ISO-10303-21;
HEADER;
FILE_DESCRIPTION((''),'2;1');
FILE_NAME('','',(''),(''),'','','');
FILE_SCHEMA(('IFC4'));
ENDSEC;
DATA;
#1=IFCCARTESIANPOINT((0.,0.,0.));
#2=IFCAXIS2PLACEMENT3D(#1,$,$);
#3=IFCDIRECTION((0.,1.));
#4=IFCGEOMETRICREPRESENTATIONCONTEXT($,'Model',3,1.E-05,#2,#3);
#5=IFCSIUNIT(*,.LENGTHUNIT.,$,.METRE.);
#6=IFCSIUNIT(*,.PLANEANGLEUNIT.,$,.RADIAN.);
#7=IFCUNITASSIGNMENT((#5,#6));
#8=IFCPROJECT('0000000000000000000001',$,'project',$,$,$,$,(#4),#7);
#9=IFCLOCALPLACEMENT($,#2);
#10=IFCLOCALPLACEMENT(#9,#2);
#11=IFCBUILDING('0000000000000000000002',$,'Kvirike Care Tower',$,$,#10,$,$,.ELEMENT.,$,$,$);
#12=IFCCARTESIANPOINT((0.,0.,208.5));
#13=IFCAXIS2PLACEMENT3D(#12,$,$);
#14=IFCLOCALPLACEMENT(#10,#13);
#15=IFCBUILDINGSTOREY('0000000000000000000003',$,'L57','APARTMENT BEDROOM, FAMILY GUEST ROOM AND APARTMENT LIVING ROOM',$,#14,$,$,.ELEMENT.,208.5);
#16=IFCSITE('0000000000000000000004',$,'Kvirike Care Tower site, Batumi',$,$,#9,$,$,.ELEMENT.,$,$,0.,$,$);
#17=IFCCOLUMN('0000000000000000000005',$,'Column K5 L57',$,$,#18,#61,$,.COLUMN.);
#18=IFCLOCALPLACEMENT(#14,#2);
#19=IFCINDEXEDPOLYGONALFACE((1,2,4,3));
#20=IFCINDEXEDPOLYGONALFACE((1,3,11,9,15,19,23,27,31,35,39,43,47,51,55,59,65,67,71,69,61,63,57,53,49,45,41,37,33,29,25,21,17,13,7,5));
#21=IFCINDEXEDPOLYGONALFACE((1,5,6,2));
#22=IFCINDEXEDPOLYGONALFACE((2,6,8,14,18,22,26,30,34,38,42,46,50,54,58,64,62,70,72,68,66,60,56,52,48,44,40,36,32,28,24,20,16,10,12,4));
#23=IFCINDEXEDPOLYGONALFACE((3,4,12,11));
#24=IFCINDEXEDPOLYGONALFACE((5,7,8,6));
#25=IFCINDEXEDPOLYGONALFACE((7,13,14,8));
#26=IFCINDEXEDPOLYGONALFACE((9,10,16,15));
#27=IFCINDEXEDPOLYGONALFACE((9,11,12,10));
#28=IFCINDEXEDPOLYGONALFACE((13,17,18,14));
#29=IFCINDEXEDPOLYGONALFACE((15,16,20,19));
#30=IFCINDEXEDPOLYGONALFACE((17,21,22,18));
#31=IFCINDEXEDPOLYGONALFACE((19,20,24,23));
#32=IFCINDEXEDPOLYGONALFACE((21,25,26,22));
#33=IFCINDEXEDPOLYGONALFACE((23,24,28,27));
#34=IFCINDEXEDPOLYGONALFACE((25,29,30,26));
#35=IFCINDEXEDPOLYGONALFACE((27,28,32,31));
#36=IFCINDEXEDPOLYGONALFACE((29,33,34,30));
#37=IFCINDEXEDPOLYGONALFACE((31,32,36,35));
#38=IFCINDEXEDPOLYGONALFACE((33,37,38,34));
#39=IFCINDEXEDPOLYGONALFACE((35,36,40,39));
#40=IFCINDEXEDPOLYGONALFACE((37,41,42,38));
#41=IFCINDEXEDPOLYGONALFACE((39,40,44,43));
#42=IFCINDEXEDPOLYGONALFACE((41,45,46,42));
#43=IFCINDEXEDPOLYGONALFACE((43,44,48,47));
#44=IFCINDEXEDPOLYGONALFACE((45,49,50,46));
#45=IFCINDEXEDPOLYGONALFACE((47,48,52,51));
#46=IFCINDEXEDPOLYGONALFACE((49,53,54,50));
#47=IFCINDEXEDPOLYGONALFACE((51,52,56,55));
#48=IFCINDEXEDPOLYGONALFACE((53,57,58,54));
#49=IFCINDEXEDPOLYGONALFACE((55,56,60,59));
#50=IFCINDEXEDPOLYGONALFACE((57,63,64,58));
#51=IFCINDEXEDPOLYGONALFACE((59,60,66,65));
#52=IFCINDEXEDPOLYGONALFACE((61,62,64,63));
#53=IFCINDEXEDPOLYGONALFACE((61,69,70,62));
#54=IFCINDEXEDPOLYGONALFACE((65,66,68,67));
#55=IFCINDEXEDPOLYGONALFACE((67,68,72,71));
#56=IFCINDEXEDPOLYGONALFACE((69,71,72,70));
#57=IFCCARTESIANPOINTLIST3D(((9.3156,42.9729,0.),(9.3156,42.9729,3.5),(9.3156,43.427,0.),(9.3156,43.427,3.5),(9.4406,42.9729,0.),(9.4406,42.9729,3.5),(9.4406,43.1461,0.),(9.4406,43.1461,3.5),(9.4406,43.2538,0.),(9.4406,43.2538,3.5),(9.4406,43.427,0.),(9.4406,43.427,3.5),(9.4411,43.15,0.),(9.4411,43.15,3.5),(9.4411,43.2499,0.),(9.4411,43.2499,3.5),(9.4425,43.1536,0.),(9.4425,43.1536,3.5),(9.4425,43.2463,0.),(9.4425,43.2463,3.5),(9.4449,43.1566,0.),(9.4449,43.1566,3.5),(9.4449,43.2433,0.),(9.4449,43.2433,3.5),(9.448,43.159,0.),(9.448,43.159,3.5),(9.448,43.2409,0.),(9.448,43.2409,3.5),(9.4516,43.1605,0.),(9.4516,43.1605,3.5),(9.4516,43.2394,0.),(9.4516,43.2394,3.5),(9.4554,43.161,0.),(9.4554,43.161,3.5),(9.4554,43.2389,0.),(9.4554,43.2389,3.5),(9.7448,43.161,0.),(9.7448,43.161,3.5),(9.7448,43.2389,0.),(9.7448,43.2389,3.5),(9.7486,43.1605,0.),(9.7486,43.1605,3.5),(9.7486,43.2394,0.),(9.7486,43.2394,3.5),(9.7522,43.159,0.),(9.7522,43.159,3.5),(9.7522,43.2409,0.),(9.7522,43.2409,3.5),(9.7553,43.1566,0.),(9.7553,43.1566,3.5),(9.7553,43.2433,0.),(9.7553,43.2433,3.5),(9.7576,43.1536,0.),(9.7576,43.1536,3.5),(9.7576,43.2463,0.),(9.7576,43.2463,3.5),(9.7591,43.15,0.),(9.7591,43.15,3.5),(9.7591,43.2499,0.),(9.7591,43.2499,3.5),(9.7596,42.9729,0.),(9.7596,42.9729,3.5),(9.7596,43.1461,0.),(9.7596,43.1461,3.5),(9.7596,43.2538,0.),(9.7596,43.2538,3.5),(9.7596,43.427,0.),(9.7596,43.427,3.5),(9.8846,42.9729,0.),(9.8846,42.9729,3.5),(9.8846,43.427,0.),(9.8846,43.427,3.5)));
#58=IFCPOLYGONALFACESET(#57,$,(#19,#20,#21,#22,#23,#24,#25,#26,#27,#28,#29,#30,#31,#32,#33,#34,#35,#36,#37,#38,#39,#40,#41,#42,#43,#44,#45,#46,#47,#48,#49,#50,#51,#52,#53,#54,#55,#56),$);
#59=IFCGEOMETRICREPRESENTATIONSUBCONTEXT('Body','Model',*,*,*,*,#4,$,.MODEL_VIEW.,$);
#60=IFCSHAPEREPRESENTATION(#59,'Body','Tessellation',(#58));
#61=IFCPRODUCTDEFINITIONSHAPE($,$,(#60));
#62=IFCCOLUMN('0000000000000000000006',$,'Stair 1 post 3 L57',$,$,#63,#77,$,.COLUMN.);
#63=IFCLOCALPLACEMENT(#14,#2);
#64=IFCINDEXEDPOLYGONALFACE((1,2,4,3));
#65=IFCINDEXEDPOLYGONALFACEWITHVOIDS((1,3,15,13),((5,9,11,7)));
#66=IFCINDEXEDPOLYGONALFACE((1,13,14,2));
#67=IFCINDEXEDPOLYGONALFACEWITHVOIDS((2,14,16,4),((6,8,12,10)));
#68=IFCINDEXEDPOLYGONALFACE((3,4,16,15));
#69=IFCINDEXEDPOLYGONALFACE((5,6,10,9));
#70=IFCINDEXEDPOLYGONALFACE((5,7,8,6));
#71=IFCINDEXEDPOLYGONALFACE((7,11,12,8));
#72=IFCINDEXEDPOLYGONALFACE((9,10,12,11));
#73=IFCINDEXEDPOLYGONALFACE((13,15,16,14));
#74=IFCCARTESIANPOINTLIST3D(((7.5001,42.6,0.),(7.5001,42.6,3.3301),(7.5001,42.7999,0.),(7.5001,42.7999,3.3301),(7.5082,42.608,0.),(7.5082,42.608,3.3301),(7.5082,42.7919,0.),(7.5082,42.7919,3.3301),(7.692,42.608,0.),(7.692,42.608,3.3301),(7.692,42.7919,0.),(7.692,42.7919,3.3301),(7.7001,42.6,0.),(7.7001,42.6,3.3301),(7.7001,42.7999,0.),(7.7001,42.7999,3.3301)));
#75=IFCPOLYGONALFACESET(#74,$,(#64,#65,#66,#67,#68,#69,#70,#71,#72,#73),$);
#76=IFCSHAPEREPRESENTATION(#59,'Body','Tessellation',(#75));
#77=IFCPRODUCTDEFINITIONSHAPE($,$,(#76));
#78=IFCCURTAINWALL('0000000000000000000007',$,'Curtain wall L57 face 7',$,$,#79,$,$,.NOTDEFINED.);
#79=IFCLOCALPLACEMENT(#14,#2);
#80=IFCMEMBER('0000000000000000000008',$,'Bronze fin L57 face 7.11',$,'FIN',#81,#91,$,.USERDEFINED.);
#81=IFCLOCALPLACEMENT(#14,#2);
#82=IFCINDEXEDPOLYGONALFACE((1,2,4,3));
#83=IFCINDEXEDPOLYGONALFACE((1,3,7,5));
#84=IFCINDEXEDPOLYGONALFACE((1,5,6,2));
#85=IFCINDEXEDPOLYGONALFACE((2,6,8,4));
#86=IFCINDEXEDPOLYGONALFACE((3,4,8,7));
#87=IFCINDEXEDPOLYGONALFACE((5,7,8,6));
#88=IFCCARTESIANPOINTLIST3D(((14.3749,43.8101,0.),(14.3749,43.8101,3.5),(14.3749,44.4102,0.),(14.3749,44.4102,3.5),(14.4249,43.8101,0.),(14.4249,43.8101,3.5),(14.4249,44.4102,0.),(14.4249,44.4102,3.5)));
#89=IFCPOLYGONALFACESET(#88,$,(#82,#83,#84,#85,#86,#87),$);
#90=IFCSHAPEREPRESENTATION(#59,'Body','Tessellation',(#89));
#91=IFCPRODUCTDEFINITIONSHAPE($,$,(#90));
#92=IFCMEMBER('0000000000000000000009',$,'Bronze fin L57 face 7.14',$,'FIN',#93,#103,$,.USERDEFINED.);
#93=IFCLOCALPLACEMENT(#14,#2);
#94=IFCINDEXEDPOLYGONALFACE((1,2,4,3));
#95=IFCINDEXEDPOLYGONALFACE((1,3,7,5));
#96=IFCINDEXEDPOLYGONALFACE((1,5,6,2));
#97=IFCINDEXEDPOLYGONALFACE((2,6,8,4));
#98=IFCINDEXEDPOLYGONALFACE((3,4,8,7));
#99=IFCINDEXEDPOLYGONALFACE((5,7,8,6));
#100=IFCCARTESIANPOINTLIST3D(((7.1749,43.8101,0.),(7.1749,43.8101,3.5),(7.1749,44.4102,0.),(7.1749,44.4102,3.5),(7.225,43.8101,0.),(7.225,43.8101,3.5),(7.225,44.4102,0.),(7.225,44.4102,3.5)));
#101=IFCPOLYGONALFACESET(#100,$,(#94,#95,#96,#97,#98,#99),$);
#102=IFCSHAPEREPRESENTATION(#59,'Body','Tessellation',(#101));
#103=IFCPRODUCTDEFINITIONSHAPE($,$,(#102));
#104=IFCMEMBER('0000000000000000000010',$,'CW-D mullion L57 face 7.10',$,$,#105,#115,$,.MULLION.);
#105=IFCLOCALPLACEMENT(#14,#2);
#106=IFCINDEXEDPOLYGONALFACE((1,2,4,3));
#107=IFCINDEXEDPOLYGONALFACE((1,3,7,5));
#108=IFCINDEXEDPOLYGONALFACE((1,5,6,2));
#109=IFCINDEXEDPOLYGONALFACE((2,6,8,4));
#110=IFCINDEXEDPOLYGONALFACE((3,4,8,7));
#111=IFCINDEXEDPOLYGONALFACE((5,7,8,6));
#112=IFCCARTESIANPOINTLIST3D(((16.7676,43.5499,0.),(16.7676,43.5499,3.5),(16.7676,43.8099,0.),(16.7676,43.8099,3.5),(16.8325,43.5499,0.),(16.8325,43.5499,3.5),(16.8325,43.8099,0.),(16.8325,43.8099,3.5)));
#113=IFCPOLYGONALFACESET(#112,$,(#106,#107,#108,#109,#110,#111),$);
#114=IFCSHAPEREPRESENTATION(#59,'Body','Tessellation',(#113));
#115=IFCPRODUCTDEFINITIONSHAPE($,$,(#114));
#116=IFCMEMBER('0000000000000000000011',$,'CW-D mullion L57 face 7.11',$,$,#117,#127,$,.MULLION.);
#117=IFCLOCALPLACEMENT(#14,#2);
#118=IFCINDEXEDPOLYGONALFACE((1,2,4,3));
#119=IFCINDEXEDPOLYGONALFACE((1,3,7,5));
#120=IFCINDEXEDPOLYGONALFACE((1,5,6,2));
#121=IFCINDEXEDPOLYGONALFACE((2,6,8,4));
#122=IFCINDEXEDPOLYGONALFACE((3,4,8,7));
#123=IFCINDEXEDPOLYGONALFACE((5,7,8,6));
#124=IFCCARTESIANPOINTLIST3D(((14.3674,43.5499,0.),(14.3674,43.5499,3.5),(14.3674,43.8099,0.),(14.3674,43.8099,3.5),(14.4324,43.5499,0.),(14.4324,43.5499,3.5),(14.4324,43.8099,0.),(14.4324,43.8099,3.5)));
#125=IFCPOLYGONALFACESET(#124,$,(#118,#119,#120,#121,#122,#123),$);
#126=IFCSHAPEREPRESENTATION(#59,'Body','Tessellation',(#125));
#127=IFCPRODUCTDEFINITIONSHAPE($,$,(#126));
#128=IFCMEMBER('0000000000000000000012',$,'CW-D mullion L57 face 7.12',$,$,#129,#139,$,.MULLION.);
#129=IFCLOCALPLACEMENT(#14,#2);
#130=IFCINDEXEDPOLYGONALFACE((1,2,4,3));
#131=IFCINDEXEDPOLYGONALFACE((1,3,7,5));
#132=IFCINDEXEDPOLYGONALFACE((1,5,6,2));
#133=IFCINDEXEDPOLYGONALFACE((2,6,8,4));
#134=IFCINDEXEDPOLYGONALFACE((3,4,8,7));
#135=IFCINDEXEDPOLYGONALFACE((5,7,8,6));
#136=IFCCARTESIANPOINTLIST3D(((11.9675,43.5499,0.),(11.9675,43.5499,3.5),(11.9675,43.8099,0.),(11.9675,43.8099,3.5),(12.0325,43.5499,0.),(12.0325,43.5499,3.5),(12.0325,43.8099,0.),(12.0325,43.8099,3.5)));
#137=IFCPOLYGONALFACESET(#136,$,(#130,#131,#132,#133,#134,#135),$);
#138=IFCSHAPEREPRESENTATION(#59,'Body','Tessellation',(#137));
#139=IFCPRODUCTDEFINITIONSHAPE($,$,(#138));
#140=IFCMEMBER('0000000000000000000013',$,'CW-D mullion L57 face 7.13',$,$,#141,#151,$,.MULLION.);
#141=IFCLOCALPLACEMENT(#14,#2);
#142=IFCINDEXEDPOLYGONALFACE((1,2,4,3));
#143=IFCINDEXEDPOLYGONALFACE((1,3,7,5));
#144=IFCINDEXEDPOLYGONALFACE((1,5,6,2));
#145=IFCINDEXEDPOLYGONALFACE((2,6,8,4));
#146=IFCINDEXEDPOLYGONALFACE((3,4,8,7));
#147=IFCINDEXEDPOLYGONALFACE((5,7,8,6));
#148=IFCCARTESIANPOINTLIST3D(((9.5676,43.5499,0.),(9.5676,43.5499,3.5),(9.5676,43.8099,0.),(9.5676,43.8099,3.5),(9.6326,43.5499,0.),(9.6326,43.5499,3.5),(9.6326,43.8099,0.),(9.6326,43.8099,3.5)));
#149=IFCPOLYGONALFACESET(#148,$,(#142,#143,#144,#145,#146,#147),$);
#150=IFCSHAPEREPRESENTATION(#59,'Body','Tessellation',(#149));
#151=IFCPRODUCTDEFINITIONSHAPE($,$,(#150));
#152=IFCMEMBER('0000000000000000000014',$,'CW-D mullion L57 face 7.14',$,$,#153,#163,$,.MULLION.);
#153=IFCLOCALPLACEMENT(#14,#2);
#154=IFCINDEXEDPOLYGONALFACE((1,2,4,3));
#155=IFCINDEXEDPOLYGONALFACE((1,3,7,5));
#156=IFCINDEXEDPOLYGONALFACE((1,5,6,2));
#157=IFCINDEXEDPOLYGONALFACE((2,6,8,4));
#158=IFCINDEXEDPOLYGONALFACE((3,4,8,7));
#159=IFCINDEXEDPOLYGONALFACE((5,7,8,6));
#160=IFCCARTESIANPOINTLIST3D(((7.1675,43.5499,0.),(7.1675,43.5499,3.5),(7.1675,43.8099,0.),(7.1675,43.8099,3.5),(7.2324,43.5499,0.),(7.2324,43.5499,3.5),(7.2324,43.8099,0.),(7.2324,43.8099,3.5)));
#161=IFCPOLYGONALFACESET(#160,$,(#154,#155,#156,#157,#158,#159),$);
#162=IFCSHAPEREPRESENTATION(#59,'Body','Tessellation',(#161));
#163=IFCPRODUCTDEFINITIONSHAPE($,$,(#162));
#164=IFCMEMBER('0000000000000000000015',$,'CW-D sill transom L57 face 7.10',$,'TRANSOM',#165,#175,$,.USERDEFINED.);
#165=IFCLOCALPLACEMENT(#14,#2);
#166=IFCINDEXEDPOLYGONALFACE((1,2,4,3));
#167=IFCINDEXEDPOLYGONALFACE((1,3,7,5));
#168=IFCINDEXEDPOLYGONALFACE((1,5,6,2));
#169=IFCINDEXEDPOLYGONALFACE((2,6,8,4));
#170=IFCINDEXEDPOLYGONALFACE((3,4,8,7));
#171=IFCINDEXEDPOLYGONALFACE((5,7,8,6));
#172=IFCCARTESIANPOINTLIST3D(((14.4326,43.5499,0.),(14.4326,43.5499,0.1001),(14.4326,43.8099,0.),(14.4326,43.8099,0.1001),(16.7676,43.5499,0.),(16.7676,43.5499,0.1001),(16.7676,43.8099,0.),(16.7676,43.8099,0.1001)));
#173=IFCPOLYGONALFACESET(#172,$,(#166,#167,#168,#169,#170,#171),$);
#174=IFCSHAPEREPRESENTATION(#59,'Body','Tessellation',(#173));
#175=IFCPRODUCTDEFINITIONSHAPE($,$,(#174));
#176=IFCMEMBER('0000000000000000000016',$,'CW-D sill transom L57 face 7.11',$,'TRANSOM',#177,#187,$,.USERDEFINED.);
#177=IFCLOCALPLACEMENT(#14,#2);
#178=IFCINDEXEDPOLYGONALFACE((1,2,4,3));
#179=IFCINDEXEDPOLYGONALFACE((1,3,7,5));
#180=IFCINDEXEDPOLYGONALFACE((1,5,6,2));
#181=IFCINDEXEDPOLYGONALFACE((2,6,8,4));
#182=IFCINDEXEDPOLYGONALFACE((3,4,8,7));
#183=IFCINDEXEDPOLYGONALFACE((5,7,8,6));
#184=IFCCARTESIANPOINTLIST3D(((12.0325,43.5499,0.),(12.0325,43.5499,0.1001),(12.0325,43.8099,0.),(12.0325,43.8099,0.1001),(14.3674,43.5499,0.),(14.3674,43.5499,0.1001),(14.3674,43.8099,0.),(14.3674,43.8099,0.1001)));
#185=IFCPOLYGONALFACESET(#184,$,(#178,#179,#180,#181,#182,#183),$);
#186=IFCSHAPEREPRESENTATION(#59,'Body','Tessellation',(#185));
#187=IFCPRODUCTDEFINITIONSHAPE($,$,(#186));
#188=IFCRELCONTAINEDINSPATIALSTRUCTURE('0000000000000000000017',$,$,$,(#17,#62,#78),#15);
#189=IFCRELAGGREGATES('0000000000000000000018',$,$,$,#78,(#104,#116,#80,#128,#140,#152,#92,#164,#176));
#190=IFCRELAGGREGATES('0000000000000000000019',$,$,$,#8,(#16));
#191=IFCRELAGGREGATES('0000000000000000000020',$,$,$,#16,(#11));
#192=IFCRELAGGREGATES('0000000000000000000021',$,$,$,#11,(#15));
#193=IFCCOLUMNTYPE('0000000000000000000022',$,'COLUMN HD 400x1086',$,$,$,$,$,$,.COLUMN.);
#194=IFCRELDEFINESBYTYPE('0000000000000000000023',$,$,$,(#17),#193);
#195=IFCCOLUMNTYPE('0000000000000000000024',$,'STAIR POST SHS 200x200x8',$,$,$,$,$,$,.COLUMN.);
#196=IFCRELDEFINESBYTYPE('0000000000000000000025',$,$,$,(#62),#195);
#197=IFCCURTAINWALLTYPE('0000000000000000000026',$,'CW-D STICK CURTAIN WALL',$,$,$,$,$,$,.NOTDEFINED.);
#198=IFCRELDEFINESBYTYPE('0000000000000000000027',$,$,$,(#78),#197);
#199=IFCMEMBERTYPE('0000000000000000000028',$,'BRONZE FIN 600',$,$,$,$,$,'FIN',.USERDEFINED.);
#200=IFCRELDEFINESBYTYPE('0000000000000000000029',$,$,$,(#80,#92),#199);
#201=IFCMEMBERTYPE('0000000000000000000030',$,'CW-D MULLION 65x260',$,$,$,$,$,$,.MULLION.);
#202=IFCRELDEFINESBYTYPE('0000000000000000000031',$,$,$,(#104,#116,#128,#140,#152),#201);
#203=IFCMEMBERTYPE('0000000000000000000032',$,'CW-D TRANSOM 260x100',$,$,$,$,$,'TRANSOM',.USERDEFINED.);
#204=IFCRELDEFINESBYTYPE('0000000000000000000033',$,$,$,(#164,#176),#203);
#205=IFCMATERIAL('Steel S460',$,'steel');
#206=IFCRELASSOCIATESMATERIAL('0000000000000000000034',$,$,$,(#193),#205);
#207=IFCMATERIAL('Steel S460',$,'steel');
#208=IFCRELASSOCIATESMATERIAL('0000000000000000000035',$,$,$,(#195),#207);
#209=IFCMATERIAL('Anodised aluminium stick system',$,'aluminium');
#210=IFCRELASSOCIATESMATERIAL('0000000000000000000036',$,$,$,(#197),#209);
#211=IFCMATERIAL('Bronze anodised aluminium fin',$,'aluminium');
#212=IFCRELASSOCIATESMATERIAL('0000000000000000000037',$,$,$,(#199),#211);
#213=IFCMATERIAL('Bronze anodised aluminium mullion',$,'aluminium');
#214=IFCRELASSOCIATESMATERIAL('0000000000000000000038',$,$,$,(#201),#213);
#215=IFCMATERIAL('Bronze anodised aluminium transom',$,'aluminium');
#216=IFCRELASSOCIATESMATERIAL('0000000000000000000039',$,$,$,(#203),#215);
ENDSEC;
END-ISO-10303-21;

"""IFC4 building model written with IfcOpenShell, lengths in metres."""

from ifc_helpers import new_model, si_unit, direction, frame, origin, origin_2d, place, context, subcontext, project, spatial, rectangle, hollow_rectangle, i_section, extrude, material, material_profile, profile_set, type_object, element, aggregate, save


model = new_model("IFC4")

# Units and contexts
model_context = context("Model", 3, precision=1e-05, world=origin(), true_north=direction((0.0, 1.0)))
body_context = subcontext(model_context, "Body", "Model", "MODEL_VIEW")
ifc_project = project(units=[si_unit("LENGTHUNIT", "METRE"), si_unit("PLANEANGLEUNIT", "RADIAN")], contexts=[model_context])

# Site, building, storey
site_placement = place(None, origin())
site = spatial("IfcSite", under=ifc_project, at=site_placement, Name="Kvirike Care Tower site, Batumi", CompositionType="ELEMENT", RefElevation=0.0)
building_placement = place(site_placement, origin())
building = spatial("IfcBuilding", under=site, at=building_placement, Name="Kvirike Care Tower", CompositionType="ELEMENT")
storey_placement = place(building_placement, frame((0.0, 0.0, 208.5)))
storey = spatial("IfcBuildingStorey", under=building, at=storey_placement, Name="L57", Description="APARTMENT BEDROOM, FAMILY GUEST ROOM AND APARTMENT LIVING ROOM", CompositionType="ELEMENT", Elevation=208.5)

# Columns
ifc_material_1 = material(Name="Steel S460", Category="steel")
ifc_material_profile_1 = material_profile(ifc_material_1, i_section(OverallWidth=0.4541, OverallDepth=0.5691, WebThickness=0.0779, FlangeThickness=0.125, FilletRadius=0.0149, at=origin_2d()), Name="HD 400x1086")
ifc_profile_set_1 = profile_set([ifc_material_profile_1], Name="Steel S460")
column_type_1 = type_object("IfcColumnType", Name="COLUMN HD 400x1086", PredefinedType="COLUMN", material=ifc_profile_set_1)
column_1_placement = place(storey_placement, frame((9.6001, 43.2, 0.0), z_axis=(0.0, 0.0, 1.0), x_axis=(0.0, 1.0, 0.0)))
element("IfcColumn", 1, at=column_1_placement, inside=storey, type_object=column_type_1, Name="Column K5 L57", PredefinedType="COLUMN", context=body_context, shape_type="SweptSolid", body=[
    extrude(i_section(OverallWidth=0.4541, OverallDepth=0.5691, WebThickness=0.0779, FlangeThickness=0.125, FilletRadius=0.0149, at=origin_2d()), origin(), (0.0, 0.0, 1.0), 3.5),
])
ifc_material_2 = material(Name="Steel S460", Category="steel")
ifc_material_profile_2 = material_profile(ifc_material_2, hollow_rectangle(XDim=0.2, YDim=0.2, WallThickness=0.0081, at=origin_2d()), Name="SHS 200x200x8")
ifc_profile_set_2 = profile_set([ifc_material_profile_2], Name="Steel S460")
column_type_2 = type_object("IfcColumnType", Name="STAIR POST SHS 200x200x8", PredefinedType="COLUMN", material=ifc_profile_set_2)
column_2_placement = place(storey_placement, frame((7.6001, 42.7, 0.0), z_axis=(0.0, 0.0, 1.0), x_axis=(1.0, 0.0, 0.0)))
element("IfcColumn", 2, at=column_2_placement, inside=storey, type_object=column_type_2, Name="Stair 1 post 3 L57", PredefinedType="COLUMN", context=body_context, shape_type="SweptSolid", body=[
    extrude(hollow_rectangle(XDim=0.2, YDim=0.2, WallThickness=0.0081, at=origin_2d()), origin(), (0.0, 0.0, 1.0), 3.3301),
])

# Curtain wall, members
ifc_material_3 = material(Name="Anodised aluminium stick system", Category="aluminium")
curtain_wall_type = type_object("IfcCurtainWallType", Name="CW-D STICK CURTAIN WALL", PredefinedType="NOTDEFINED", material=ifc_material_3)
curtain_wall_placement = place(storey_placement, origin())
curtain_wall = element("IfcCurtainWall", 3, at=curtain_wall_placement, inside=storey, type_object=curtain_wall_type, Name="Curtain wall L57 face 7", PredefinedType="NOTDEFINED")
ifc_material_4 = material(Name="Bronze anodised aluminium fin", Category="aluminium")
ifc_material_profile_3 = material_profile(ifc_material_4, rectangle(XDim=0.05, YDim=0.6001, at=origin_2d()), Name="BRONZE FIN 600")
ifc_profile_set_3 = profile_set([ifc_material_profile_3], Name="Bronze anodised aluminium fin")
member_type_1 = type_object("IfcMemberType", Name="BRONZE FIN 600", ElementType="FIN", PredefinedType="USERDEFINED", material=ifc_profile_set_3)
member_1_placement = place(storey_placement, frame((14.3999, 44.1101, 0.0), z_axis=(0.0, 0.0, 1.0), x_axis=(-1.0, 0.0, 0.0)))
member_1 = element("IfcMember", 4, at=member_1_placement, type_object=member_type_1, Name="Bronze fin L57 face 7.11", ObjectType="FIN", PredefinedType="USERDEFINED", context=body_context, shape_type="SweptSolid", body=[
    extrude(rectangle(XDim=0.05, YDim=0.6001, at=origin_2d()), origin(), (0.0, 0.0, 1.0), 3.5),
])
member_2_placement = place(storey_placement, frame((7.2, 44.1101, 0.0), z_axis=(0.0, 0.0, 1.0), x_axis=(-1.0, 0.0, 0.0)))
member_2 = element("IfcMember", 5, at=member_2_placement, type_object=member_type_1, Name="Bronze fin L57 face 7.14", ObjectType="FIN", PredefinedType="USERDEFINED", context=body_context, shape_type="SweptSolid", body=[
    extrude(rectangle(XDim=0.05, YDim=0.6001, at=origin_2d()), origin(), (0.0, 0.0, 1.0), 3.5),
])
ifc_material_5 = material(Name="Bronze anodised aluminium mullion", Category="aluminium")
ifc_material_profile_4 = material_profile(ifc_material_5, rectangle(XDim=0.0649, YDim=0.26, at=origin_2d()), Name="CW-D MULLION 65x260")
ifc_profile_set_4 = profile_set([ifc_material_profile_4], Name="Bronze anodised aluminium mullion")
member_type_2 = type_object("IfcMemberType", Name="CW-D MULLION 65x260", PredefinedType="MULLION", material=ifc_profile_set_4)
member_3_placement = place(storey_placement, frame((16.8, 43.6799, 0.0), z_axis=(0.0, 0.0, 1.0), x_axis=(-1.0, 0.0, 0.0)))
member_3 = element("IfcMember", 6, at=member_3_placement, type_object=member_type_2, Name="CW-D mullion L57 face 7.10", PredefinedType="MULLION", context=body_context, shape_type="SweptSolid", body=[
    extrude(rectangle(XDim=0.0649, YDim=0.26, at=origin_2d()), origin(), (0.0, 0.0, 1.0), 3.5),
])
member_4_placement = place(storey_placement, frame((14.3999, 43.6799, 0.0), z_axis=(0.0, 0.0, 1.0), x_axis=(-1.0, 0.0, 0.0)))
member_4 = element("IfcMember", 7, at=member_4_placement, type_object=member_type_2, Name="CW-D mullion L57 face 7.11", PredefinedType="MULLION", context=body_context, shape_type="SweptSolid", body=[
    extrude(rectangle(XDim=0.0649, YDim=0.26, at=origin_2d()), origin(), (0.0, 0.0, 1.0), 3.5),
])
member_5_placement = place(storey_placement, frame((12.0, 43.6799, 0.0), z_axis=(0.0, 0.0, 1.0), x_axis=(-1.0, 0.0, 0.0)))
member_5 = element("IfcMember", 8, at=member_5_placement, type_object=member_type_2, Name="CW-D mullion L57 face 7.12", PredefinedType="MULLION", context=body_context, shape_type="SweptSolid", body=[
    extrude(rectangle(XDim=0.0649, YDim=0.26, at=origin_2d()), origin(), (0.0, 0.0, 1.0), 3.5),
])
member_6_placement = place(storey_placement, frame((9.6001, 43.6799, 0.0), z_axis=(0.0, 0.0, 1.0), x_axis=(-1.0, 0.0, 0.0)))
member_6 = element("IfcMember", 9, at=member_6_placement, type_object=member_type_2, Name="CW-D mullion L57 face 7.13", PredefinedType="MULLION", context=body_context, shape_type="SweptSolid", body=[
    extrude(rectangle(XDim=0.0649, YDim=0.26, at=origin_2d()), origin(), (0.0, 0.0, 1.0), 3.5),
])
member_7_placement = place(storey_placement, frame((7.2, 43.6799, 0.0), z_axis=(0.0, 0.0, 1.0), x_axis=(-1.0, 0.0, 0.0)))
member_7 = element("IfcMember", 10, at=member_7_placement, type_object=member_type_2, Name="CW-D mullion L57 face 7.14", PredefinedType="MULLION", context=body_context, shape_type="SweptSolid", body=[
    extrude(rectangle(XDim=0.0649, YDim=0.26, at=origin_2d()), origin(), (0.0, 0.0, 1.0), 3.5),
])
ifc_material_6 = material(Name="Bronze anodised aluminium transom", Category="aluminium")
ifc_material_profile_5 = material_profile(ifc_material_6, rectangle(XDim=0.26, YDim=0.1001, at=origin_2d()), Name="CW-D TRANSOM 260x100")
ifc_profile_set_5 = profile_set([ifc_material_profile_5], Name="Bronze anodised aluminium transom")
member_type_3 = type_object("IfcMemberType", Name="CW-D TRANSOM 260x100", ElementType="TRANSOM", PredefinedType="USERDEFINED", material=ifc_profile_set_5)
member_8_placement = place(storey_placement, frame((16.7676, 43.6799, 0.05), z_axis=(-1.0, 0.0, 0.0), x_axis=(0.0, -1.0, 0.0)))
member_8 = element("IfcMember", 11, at=member_8_placement, type_object=member_type_3, Name="CW-D sill transom L57 face 7.10", ObjectType="TRANSOM", PredefinedType="USERDEFINED", context=body_context, shape_type="SweptSolid", body=[
    extrude(rectangle(XDim=0.26, YDim=0.1001, at=origin_2d()), origin(), (0.0, 0.0, 1.0), 2.335),
])
member_9_placement = place(storey_placement, frame((14.3674, 43.6799, 0.05), z_axis=(-1.0, 0.0, 0.0), x_axis=(0.0, -1.0, 0.0)))
member_9 = element("IfcMember", 12, at=member_9_placement, type_object=member_type_3, Name="CW-D sill transom L57 face 7.11", ObjectType="TRANSOM", PredefinedType="USERDEFINED", context=body_context, shape_type="SweptSolid", body=[
    extrude(rectangle(XDim=0.26, YDim=0.1001, at=origin_2d()), origin(), (0.0, 0.0, 1.0), 2.335),
])

aggregate(curtain_wall, [member_3, member_4, member_1, member_5, member_6, member_7, member_2, member_8, member_9])

save(model, "model.ifc")
